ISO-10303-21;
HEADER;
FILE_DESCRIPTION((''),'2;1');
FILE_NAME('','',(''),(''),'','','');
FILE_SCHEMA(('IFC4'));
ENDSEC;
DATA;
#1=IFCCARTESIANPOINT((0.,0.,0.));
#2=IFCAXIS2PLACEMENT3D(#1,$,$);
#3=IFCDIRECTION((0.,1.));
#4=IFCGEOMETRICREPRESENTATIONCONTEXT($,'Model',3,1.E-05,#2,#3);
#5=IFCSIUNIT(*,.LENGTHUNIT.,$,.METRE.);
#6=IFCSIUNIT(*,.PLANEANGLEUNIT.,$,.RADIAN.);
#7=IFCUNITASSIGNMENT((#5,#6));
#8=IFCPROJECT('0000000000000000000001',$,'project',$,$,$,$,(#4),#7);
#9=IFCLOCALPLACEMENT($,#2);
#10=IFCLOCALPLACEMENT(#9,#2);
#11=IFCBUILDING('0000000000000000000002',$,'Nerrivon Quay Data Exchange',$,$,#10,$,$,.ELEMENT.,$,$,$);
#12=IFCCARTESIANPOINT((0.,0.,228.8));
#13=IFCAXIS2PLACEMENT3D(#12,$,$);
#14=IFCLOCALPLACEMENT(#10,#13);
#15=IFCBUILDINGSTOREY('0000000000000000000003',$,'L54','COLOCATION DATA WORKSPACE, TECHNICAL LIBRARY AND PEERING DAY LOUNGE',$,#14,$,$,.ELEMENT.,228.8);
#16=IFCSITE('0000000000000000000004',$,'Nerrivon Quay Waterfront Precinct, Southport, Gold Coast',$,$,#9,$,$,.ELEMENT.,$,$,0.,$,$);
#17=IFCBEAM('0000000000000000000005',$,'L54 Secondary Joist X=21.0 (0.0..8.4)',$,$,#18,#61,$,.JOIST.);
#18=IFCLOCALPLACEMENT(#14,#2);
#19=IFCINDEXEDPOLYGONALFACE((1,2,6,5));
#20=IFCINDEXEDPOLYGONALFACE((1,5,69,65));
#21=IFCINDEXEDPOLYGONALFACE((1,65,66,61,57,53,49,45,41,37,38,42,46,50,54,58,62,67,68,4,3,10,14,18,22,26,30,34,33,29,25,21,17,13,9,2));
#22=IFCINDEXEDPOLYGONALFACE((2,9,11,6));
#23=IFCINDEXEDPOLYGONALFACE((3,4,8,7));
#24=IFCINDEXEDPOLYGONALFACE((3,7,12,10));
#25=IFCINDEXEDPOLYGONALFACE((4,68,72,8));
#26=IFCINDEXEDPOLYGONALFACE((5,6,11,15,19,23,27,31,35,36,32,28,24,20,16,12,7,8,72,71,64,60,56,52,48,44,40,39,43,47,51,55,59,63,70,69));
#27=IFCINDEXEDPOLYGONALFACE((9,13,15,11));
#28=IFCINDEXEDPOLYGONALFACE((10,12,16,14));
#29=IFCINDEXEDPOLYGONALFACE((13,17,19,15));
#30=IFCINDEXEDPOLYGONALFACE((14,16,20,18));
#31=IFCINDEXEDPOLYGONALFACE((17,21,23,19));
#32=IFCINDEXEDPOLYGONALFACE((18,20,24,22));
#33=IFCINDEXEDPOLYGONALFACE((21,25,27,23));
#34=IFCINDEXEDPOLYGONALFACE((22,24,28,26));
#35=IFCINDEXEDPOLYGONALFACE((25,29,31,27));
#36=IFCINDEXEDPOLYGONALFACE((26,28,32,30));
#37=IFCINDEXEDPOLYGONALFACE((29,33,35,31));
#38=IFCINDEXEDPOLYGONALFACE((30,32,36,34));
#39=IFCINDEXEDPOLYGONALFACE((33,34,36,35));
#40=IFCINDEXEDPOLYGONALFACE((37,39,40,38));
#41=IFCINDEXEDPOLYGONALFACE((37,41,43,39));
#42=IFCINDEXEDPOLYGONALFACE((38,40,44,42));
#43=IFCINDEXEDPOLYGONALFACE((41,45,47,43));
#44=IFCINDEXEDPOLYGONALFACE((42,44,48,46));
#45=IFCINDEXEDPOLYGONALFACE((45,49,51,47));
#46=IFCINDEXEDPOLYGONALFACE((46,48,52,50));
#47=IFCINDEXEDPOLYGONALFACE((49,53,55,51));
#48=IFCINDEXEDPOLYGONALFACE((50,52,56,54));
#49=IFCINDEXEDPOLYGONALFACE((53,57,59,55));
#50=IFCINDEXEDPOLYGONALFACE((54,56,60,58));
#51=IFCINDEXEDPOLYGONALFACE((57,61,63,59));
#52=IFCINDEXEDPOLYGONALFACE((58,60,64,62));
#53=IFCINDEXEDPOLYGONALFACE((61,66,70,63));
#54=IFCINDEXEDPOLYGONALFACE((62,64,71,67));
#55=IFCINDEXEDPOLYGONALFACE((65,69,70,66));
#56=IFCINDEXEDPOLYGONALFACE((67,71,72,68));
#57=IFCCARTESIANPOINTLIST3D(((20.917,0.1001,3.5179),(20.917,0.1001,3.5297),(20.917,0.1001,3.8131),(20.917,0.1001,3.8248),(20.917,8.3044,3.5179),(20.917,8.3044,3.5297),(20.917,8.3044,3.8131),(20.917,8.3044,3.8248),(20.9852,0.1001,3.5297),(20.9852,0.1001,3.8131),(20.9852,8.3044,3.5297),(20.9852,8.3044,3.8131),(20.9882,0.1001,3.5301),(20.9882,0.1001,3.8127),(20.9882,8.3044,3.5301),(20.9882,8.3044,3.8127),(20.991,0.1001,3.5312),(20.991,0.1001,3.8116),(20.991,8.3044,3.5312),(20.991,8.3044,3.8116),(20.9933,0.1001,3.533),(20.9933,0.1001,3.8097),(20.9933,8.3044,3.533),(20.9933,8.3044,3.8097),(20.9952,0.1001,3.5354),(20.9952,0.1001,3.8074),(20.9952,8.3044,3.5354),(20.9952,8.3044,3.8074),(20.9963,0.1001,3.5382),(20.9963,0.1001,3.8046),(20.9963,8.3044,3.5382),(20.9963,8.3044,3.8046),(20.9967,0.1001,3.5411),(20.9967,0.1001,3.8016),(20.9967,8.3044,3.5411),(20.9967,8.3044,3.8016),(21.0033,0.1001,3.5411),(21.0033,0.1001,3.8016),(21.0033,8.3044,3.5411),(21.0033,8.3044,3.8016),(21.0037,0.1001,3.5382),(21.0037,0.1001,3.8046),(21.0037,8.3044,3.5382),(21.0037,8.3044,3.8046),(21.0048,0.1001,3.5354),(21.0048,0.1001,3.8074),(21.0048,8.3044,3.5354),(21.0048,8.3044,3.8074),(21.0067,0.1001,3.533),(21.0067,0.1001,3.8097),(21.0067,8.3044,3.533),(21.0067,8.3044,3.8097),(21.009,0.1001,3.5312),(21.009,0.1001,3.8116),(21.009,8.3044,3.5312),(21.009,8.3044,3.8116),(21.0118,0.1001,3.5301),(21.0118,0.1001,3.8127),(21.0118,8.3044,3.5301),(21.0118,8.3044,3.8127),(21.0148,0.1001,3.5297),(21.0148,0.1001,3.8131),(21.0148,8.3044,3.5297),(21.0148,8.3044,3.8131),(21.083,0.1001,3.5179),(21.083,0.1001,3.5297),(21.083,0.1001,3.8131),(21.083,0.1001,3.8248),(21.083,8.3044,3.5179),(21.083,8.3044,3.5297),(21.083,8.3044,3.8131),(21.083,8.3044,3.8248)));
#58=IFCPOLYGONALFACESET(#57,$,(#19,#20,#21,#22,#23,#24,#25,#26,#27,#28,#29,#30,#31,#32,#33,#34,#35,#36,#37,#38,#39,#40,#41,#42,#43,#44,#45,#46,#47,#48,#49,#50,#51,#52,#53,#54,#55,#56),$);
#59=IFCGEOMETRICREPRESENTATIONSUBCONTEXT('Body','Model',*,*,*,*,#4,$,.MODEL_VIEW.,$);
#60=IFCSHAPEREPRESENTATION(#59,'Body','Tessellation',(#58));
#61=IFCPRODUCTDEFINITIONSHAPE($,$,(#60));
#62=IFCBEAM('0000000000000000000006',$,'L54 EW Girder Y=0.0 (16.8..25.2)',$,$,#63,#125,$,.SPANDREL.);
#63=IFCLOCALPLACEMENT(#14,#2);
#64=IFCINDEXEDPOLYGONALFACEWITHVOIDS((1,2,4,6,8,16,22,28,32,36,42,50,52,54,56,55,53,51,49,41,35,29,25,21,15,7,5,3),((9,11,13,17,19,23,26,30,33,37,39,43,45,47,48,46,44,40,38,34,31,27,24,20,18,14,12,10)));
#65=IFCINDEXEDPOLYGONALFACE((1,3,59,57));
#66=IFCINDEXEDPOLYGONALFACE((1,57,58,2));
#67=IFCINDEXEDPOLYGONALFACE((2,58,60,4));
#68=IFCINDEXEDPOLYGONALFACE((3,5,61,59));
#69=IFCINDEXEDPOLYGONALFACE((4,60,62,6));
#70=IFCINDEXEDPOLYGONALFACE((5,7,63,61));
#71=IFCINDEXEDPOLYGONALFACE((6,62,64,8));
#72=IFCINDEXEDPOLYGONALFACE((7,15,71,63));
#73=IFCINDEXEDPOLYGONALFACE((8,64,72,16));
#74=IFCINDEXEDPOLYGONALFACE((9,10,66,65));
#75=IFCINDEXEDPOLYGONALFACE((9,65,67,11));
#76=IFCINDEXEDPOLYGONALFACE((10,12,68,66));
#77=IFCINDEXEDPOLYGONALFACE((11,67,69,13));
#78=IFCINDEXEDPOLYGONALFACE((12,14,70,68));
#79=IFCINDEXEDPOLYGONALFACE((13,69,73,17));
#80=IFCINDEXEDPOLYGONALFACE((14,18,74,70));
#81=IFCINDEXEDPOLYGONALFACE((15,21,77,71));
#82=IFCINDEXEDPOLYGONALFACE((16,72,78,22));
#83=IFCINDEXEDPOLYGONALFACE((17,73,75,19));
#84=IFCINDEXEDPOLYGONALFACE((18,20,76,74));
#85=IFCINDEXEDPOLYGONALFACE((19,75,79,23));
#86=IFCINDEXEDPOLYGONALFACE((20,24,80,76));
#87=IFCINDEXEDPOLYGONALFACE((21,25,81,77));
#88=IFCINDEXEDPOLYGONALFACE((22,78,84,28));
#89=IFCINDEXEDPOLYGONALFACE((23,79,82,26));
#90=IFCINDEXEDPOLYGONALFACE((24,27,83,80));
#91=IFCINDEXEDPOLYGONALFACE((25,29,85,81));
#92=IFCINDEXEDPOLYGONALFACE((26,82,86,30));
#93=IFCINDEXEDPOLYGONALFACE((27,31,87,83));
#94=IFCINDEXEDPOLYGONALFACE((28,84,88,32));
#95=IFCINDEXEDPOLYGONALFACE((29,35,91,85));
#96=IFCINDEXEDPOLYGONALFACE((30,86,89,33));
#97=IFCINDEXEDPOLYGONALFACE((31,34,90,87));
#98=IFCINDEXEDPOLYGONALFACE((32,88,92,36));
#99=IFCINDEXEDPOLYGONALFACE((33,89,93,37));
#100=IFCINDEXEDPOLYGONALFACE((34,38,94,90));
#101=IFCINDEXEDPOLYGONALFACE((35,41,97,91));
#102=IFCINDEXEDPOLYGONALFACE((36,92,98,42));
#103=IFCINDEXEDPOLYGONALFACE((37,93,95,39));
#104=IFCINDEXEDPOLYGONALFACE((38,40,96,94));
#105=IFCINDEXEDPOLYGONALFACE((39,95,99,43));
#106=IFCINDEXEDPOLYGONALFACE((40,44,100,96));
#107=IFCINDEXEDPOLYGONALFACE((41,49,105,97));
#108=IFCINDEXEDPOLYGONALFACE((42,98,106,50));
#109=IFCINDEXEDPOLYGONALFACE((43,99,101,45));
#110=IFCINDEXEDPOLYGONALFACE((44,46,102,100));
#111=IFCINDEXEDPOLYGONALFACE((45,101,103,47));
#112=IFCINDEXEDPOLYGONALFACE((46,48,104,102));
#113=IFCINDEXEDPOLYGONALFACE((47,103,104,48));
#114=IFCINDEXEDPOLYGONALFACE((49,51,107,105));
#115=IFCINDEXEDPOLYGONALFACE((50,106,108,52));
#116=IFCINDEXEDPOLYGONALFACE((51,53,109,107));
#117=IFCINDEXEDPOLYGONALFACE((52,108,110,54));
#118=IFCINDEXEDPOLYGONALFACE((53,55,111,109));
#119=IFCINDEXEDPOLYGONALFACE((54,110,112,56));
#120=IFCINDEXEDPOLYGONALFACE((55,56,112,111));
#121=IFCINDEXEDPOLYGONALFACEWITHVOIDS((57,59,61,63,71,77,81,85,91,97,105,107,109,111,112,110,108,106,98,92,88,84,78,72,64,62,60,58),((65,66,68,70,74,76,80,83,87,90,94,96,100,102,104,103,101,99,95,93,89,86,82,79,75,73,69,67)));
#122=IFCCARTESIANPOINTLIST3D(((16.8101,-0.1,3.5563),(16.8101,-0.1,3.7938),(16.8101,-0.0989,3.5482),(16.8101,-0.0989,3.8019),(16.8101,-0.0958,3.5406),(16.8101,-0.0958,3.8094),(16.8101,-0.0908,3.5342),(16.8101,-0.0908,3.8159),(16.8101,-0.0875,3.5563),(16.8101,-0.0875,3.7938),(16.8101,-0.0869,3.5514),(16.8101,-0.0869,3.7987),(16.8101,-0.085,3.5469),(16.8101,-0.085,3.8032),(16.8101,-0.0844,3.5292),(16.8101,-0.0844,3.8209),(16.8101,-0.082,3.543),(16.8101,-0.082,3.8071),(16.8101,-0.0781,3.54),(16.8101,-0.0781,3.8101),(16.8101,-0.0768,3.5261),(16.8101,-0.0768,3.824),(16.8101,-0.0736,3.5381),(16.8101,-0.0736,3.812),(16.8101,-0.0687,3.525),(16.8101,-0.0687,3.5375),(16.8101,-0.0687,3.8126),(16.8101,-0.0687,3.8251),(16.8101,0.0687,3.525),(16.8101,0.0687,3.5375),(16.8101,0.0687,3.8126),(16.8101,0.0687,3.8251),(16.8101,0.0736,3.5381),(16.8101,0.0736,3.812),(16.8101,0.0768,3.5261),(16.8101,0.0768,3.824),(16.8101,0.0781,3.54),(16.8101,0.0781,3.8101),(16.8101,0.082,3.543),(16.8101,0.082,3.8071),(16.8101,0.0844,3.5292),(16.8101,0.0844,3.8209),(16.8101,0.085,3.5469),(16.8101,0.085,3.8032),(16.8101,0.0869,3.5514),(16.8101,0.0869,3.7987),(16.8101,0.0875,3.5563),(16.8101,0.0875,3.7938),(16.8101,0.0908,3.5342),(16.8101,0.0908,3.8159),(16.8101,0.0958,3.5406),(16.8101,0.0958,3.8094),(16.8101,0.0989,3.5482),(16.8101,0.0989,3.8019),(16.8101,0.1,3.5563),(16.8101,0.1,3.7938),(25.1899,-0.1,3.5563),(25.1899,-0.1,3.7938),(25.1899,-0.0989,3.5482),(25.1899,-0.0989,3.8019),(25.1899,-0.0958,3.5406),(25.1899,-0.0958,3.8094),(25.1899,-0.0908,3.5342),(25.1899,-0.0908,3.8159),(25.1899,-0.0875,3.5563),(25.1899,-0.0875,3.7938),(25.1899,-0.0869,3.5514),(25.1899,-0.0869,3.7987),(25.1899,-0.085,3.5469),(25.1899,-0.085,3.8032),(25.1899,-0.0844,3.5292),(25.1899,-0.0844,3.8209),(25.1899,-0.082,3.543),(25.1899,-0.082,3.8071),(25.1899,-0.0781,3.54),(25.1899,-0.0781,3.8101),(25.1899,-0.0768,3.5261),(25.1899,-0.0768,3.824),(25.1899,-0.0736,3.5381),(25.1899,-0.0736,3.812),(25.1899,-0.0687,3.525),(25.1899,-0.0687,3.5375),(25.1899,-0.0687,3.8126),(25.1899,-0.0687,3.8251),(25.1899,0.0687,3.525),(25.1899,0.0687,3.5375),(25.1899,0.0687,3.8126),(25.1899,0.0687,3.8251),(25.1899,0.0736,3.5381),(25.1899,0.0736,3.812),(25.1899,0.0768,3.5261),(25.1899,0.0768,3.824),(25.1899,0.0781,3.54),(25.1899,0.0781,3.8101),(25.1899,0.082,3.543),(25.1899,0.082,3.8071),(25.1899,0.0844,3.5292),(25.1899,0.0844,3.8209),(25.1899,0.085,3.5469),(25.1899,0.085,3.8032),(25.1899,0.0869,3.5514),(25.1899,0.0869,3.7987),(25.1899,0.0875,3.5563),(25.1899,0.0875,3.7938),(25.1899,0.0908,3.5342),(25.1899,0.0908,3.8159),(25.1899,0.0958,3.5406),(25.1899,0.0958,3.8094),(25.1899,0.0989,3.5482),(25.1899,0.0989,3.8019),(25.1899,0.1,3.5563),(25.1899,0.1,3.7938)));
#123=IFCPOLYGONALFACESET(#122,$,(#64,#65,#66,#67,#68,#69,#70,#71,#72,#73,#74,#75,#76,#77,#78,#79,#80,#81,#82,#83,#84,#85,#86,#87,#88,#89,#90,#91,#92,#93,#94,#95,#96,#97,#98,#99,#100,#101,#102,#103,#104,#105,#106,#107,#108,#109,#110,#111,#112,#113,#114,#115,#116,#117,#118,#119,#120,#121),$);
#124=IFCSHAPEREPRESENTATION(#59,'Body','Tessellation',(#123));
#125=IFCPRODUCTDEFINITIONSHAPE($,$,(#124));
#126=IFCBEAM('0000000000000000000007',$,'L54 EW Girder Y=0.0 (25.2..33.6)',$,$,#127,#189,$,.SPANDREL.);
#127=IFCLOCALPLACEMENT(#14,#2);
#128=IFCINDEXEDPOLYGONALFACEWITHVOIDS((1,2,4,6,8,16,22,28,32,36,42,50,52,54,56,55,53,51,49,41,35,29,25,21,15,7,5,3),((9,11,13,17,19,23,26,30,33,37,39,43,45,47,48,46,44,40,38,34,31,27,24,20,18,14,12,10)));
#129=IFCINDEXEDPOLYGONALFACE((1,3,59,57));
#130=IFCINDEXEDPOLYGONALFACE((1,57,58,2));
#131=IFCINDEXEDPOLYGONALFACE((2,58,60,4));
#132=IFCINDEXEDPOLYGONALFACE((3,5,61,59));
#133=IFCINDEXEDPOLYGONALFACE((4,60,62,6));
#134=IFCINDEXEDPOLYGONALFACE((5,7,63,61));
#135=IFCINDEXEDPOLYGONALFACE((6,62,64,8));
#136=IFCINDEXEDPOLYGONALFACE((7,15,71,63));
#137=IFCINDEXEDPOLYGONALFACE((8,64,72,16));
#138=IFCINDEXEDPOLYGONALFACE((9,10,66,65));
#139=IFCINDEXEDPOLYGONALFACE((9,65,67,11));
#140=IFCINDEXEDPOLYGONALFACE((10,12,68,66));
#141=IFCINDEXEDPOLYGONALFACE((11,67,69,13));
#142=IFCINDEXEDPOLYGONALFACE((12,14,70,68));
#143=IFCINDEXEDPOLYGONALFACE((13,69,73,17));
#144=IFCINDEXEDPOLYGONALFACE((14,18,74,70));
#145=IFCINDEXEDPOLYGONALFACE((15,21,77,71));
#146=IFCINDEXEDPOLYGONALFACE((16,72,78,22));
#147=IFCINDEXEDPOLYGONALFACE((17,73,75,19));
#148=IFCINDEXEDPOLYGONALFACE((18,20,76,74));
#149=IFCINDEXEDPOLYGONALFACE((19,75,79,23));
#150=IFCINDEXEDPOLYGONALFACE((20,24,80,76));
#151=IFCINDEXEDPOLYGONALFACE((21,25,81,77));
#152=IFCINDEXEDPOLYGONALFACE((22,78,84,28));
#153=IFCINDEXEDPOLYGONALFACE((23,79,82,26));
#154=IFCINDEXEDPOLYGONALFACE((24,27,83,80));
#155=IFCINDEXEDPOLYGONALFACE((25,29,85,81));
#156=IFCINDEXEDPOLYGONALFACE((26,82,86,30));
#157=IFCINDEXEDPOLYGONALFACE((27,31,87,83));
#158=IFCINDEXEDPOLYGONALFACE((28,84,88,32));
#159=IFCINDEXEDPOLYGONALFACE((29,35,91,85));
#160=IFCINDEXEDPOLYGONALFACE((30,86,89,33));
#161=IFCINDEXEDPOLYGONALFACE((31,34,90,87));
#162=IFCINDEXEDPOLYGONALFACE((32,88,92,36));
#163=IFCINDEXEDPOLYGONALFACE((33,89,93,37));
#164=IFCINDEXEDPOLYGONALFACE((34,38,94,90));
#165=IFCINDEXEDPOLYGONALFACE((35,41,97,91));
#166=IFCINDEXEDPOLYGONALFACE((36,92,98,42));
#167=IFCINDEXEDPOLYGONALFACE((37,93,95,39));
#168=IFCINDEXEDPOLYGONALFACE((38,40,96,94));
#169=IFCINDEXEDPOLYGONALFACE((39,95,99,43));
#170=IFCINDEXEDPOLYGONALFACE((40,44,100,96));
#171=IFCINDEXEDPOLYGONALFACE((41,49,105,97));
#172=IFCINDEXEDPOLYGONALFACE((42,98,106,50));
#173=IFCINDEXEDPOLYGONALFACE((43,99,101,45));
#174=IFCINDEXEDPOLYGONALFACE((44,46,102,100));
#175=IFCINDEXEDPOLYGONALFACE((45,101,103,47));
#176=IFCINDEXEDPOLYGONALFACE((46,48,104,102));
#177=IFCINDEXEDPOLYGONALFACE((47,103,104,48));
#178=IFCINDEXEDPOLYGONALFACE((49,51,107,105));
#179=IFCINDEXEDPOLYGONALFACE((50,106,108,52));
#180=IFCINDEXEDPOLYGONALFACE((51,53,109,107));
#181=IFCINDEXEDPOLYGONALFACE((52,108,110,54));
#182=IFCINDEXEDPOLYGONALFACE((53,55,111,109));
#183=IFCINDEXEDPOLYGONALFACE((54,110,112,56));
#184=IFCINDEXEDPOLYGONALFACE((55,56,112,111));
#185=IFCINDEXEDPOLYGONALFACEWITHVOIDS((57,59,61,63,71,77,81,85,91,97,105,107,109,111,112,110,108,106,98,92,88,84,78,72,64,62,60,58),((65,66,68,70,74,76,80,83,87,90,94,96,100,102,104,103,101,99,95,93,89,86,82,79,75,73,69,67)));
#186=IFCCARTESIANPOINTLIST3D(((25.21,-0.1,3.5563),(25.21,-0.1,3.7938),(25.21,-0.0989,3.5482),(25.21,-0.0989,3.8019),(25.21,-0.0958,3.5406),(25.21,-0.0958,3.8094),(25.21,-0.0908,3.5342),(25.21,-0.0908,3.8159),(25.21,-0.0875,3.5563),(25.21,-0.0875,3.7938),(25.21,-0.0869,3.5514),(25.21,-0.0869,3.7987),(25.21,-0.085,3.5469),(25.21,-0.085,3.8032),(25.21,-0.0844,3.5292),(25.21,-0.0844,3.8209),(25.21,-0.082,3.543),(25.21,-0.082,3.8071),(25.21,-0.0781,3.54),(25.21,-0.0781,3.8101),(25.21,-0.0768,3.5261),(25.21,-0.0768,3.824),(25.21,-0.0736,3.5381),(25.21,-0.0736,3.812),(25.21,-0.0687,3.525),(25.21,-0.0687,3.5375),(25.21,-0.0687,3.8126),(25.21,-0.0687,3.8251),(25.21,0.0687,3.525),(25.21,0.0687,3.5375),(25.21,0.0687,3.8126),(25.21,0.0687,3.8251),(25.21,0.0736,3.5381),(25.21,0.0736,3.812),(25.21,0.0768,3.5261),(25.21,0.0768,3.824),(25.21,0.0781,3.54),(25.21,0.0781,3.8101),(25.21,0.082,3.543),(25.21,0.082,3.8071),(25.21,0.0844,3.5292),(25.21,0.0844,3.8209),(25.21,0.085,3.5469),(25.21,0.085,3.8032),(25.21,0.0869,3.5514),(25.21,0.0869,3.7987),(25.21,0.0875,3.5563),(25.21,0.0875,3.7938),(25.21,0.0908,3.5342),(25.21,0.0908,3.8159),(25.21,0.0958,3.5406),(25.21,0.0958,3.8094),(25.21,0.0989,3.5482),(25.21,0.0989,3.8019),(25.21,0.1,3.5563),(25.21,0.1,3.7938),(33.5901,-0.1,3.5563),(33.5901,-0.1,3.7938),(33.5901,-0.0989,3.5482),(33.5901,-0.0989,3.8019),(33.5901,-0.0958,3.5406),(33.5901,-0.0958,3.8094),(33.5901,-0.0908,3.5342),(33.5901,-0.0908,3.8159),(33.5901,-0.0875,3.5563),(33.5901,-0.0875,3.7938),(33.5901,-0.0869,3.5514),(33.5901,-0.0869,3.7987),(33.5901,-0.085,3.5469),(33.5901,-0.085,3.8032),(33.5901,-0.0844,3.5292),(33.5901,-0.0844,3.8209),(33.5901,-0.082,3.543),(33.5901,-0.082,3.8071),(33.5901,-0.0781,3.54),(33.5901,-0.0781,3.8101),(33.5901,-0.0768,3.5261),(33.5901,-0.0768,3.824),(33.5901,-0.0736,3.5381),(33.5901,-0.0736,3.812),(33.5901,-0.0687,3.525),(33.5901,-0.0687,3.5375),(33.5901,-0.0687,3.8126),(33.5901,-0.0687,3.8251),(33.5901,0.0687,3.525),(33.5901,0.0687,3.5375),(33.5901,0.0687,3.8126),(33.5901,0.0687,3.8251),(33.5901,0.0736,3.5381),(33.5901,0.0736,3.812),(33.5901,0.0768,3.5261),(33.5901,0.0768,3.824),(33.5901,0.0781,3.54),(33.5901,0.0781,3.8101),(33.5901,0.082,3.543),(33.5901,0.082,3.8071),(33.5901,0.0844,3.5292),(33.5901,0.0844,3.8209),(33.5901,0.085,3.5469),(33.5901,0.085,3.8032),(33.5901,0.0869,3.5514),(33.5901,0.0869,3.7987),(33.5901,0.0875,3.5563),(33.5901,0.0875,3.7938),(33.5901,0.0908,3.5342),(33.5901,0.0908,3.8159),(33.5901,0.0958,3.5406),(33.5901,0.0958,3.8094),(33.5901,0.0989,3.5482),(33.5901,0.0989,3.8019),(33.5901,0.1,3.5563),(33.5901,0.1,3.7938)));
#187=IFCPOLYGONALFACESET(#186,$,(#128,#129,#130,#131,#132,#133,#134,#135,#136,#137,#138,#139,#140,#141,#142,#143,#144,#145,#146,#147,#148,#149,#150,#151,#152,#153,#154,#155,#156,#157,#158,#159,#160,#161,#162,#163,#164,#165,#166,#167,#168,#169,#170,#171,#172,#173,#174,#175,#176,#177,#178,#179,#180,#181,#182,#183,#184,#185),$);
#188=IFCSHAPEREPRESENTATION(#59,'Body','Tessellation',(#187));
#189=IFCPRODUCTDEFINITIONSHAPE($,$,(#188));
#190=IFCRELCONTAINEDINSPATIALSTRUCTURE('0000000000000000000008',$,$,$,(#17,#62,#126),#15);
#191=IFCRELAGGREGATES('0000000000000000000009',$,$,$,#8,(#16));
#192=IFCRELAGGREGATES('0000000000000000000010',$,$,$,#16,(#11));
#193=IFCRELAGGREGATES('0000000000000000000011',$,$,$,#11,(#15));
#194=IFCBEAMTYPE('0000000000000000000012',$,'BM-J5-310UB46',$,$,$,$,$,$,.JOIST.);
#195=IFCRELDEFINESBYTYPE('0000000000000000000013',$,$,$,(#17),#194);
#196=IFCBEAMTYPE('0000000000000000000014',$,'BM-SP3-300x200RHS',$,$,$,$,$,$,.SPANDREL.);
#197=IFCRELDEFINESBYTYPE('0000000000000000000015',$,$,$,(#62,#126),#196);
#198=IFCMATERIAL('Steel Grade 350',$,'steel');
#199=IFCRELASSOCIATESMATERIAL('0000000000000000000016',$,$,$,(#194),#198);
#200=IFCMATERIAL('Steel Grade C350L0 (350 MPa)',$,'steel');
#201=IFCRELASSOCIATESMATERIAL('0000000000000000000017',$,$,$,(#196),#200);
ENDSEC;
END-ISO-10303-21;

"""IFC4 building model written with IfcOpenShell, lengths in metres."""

from ifc_helpers import new_model, si_unit, direction, frame, origin, origin_2d, place, context, subcontext, project, spatial, hollow_rectangle, i_section, extrude, material, material_profile, profile_set, type_object, element, save


model = new_model("IFC4")

# Units and contexts
model_context = context("Model", 3, precision=1e-05, world=origin(), true_north=direction((0.0, 1.0)))
body_context = subcontext(model_context, "Body", "Model", "MODEL_VIEW")
ifc_project = project(units=[si_unit("LENGTHUNIT", "METRE"), si_unit("PLANEANGLEUNIT", "RADIAN")], contexts=[model_context])

# Site, building, storey
site_placement = place(None, origin())
site = spatial("IfcSite", under=ifc_project, at=site_placement, Name="Nerrivon Quay Waterfront Precinct, Southport, Gold Coast", CompositionType="ELEMENT", RefElevation=0.0)
building_placement = place(site_placement, origin())
building = spatial("IfcBuilding", under=site, at=building_placement, Name="Nerrivon Quay Data Exchange", CompositionType="ELEMENT")
storey_placement = place(building_placement, frame((0.0, 0.0, 228.8)))
storey = spatial("IfcBuildingStorey", under=building, at=storey_placement, Name="L54", Description="COLOCATION DATA WORKSPACE, TECHNICAL LIBRARY AND PEERING DAY LOUNGE", CompositionType="ELEMENT", Elevation=228.8)

# Shared definitions
ifc_material_1 = material(Name="Steel Grade 350", Category="steel")

# Beams
ifc_material_profile_1 = material_profile(ifc_material_1, i_section(OverallWidth=0.166, OverallDepth=0.3069, WebThickness=0.0066, FlangeThickness=0.0117, FilletRadius=0.0115, at=origin_2d()), Name="310UB46.2")
ifc_profile_set_1 = profile_set([ifc_material_profile_1], Name="Steel Grade 350")
beam_type_1 = type_object("IfcBeamType", Name="BM-J5-310UB46", PredefinedType="JOIST", material=ifc_profile_set_1)
beam_1_placement = place(storey_placement, frame((21.0, 0.1001, 3.6714), z_axis=(0.0, 1.0, 0.0), x_axis=(-1.0, 0.0, 0.0)))
element("IfcBeam", 1, at=beam_1_placement, inside=storey, type_object=beam_type_1, Name="L54 Secondary Joist X=21.0 (0.0..8.4)", PredefinedType="JOIST", context=body_context, shape_type="SweptSolid", body=[
    extrude(i_section(OverallWidth=0.166, OverallDepth=0.3069, WebThickness=0.0066, FlangeThickness=0.0117, FilletRadius=0.0115, at=origin_2d()), origin(), (0.0, 0.0, 1.0), 8.2043),
])
ifc_material_2 = material(Name="Steel Grade C350L0 (350 MPa)", Category="steel")
ifc_material_profile_2 = material_profile(ifc_material_2, hollow_rectangle(XDim=0.2, YDim=0.3, WallThickness=0.0125, InnerFilletRadius=0.0188, OuterFilletRadius=0.0312, at=origin_2d()), Name="300x200x12.5RHS")
ifc_profile_set_2 = profile_set([ifc_material_profile_2], Name="Steel Grade C350L0 (350 MPa)")
beam_type_2 = type_object("IfcBeamType", Name="BM-SP3-300x200RHS", PredefinedType="SPANDREL", material=ifc_profile_set_2)
beam_2_placement = place(storey_placement, frame((16.8101, 0.0, 3.675), z_axis=(1.0, 0.0, 0.0), x_axis=(0.0, 1.0, 0.0)))
element("IfcBeam", 2, at=beam_2_placement, inside=storey, type_object=beam_type_2, Name="L54 EW Girder Y=0.0 (16.8..25.2)", PredefinedType="SPANDREL", context=body_context, shape_type="SweptSolid", body=[
    extrude(hollow_rectangle(XDim=0.2, YDim=0.3, WallThickness=0.0125, InnerFilletRadius=0.0188, OuterFilletRadius=0.0312, at=origin_2d()), origin(), (0.0, 0.0, 1.0), 8.3799),
])
beam_3_placement = place(storey_placement, frame((25.21, 0.0, 3.675), z_axis=(1.0, 0.0, 0.0), x_axis=(0.0, 1.0, 0.0)))
element("IfcBeam", 3, at=beam_3_placement, inside=storey, type_object=beam_type_2, Name="L54 EW Girder Y=0.0 (25.2..33.6)", PredefinedType="SPANDREL", context=body_context, shape_type="SweptSolid", body=[
    extrude(hollow_rectangle(XDim=0.2, YDim=0.3, WallThickness=0.0125, InnerFilletRadius=0.0188, OuterFilletRadius=0.0312, at=origin_2d()), origin(), (0.0, 0.0, 1.0), 8.3801),
])

save(model, "model.ifc")
